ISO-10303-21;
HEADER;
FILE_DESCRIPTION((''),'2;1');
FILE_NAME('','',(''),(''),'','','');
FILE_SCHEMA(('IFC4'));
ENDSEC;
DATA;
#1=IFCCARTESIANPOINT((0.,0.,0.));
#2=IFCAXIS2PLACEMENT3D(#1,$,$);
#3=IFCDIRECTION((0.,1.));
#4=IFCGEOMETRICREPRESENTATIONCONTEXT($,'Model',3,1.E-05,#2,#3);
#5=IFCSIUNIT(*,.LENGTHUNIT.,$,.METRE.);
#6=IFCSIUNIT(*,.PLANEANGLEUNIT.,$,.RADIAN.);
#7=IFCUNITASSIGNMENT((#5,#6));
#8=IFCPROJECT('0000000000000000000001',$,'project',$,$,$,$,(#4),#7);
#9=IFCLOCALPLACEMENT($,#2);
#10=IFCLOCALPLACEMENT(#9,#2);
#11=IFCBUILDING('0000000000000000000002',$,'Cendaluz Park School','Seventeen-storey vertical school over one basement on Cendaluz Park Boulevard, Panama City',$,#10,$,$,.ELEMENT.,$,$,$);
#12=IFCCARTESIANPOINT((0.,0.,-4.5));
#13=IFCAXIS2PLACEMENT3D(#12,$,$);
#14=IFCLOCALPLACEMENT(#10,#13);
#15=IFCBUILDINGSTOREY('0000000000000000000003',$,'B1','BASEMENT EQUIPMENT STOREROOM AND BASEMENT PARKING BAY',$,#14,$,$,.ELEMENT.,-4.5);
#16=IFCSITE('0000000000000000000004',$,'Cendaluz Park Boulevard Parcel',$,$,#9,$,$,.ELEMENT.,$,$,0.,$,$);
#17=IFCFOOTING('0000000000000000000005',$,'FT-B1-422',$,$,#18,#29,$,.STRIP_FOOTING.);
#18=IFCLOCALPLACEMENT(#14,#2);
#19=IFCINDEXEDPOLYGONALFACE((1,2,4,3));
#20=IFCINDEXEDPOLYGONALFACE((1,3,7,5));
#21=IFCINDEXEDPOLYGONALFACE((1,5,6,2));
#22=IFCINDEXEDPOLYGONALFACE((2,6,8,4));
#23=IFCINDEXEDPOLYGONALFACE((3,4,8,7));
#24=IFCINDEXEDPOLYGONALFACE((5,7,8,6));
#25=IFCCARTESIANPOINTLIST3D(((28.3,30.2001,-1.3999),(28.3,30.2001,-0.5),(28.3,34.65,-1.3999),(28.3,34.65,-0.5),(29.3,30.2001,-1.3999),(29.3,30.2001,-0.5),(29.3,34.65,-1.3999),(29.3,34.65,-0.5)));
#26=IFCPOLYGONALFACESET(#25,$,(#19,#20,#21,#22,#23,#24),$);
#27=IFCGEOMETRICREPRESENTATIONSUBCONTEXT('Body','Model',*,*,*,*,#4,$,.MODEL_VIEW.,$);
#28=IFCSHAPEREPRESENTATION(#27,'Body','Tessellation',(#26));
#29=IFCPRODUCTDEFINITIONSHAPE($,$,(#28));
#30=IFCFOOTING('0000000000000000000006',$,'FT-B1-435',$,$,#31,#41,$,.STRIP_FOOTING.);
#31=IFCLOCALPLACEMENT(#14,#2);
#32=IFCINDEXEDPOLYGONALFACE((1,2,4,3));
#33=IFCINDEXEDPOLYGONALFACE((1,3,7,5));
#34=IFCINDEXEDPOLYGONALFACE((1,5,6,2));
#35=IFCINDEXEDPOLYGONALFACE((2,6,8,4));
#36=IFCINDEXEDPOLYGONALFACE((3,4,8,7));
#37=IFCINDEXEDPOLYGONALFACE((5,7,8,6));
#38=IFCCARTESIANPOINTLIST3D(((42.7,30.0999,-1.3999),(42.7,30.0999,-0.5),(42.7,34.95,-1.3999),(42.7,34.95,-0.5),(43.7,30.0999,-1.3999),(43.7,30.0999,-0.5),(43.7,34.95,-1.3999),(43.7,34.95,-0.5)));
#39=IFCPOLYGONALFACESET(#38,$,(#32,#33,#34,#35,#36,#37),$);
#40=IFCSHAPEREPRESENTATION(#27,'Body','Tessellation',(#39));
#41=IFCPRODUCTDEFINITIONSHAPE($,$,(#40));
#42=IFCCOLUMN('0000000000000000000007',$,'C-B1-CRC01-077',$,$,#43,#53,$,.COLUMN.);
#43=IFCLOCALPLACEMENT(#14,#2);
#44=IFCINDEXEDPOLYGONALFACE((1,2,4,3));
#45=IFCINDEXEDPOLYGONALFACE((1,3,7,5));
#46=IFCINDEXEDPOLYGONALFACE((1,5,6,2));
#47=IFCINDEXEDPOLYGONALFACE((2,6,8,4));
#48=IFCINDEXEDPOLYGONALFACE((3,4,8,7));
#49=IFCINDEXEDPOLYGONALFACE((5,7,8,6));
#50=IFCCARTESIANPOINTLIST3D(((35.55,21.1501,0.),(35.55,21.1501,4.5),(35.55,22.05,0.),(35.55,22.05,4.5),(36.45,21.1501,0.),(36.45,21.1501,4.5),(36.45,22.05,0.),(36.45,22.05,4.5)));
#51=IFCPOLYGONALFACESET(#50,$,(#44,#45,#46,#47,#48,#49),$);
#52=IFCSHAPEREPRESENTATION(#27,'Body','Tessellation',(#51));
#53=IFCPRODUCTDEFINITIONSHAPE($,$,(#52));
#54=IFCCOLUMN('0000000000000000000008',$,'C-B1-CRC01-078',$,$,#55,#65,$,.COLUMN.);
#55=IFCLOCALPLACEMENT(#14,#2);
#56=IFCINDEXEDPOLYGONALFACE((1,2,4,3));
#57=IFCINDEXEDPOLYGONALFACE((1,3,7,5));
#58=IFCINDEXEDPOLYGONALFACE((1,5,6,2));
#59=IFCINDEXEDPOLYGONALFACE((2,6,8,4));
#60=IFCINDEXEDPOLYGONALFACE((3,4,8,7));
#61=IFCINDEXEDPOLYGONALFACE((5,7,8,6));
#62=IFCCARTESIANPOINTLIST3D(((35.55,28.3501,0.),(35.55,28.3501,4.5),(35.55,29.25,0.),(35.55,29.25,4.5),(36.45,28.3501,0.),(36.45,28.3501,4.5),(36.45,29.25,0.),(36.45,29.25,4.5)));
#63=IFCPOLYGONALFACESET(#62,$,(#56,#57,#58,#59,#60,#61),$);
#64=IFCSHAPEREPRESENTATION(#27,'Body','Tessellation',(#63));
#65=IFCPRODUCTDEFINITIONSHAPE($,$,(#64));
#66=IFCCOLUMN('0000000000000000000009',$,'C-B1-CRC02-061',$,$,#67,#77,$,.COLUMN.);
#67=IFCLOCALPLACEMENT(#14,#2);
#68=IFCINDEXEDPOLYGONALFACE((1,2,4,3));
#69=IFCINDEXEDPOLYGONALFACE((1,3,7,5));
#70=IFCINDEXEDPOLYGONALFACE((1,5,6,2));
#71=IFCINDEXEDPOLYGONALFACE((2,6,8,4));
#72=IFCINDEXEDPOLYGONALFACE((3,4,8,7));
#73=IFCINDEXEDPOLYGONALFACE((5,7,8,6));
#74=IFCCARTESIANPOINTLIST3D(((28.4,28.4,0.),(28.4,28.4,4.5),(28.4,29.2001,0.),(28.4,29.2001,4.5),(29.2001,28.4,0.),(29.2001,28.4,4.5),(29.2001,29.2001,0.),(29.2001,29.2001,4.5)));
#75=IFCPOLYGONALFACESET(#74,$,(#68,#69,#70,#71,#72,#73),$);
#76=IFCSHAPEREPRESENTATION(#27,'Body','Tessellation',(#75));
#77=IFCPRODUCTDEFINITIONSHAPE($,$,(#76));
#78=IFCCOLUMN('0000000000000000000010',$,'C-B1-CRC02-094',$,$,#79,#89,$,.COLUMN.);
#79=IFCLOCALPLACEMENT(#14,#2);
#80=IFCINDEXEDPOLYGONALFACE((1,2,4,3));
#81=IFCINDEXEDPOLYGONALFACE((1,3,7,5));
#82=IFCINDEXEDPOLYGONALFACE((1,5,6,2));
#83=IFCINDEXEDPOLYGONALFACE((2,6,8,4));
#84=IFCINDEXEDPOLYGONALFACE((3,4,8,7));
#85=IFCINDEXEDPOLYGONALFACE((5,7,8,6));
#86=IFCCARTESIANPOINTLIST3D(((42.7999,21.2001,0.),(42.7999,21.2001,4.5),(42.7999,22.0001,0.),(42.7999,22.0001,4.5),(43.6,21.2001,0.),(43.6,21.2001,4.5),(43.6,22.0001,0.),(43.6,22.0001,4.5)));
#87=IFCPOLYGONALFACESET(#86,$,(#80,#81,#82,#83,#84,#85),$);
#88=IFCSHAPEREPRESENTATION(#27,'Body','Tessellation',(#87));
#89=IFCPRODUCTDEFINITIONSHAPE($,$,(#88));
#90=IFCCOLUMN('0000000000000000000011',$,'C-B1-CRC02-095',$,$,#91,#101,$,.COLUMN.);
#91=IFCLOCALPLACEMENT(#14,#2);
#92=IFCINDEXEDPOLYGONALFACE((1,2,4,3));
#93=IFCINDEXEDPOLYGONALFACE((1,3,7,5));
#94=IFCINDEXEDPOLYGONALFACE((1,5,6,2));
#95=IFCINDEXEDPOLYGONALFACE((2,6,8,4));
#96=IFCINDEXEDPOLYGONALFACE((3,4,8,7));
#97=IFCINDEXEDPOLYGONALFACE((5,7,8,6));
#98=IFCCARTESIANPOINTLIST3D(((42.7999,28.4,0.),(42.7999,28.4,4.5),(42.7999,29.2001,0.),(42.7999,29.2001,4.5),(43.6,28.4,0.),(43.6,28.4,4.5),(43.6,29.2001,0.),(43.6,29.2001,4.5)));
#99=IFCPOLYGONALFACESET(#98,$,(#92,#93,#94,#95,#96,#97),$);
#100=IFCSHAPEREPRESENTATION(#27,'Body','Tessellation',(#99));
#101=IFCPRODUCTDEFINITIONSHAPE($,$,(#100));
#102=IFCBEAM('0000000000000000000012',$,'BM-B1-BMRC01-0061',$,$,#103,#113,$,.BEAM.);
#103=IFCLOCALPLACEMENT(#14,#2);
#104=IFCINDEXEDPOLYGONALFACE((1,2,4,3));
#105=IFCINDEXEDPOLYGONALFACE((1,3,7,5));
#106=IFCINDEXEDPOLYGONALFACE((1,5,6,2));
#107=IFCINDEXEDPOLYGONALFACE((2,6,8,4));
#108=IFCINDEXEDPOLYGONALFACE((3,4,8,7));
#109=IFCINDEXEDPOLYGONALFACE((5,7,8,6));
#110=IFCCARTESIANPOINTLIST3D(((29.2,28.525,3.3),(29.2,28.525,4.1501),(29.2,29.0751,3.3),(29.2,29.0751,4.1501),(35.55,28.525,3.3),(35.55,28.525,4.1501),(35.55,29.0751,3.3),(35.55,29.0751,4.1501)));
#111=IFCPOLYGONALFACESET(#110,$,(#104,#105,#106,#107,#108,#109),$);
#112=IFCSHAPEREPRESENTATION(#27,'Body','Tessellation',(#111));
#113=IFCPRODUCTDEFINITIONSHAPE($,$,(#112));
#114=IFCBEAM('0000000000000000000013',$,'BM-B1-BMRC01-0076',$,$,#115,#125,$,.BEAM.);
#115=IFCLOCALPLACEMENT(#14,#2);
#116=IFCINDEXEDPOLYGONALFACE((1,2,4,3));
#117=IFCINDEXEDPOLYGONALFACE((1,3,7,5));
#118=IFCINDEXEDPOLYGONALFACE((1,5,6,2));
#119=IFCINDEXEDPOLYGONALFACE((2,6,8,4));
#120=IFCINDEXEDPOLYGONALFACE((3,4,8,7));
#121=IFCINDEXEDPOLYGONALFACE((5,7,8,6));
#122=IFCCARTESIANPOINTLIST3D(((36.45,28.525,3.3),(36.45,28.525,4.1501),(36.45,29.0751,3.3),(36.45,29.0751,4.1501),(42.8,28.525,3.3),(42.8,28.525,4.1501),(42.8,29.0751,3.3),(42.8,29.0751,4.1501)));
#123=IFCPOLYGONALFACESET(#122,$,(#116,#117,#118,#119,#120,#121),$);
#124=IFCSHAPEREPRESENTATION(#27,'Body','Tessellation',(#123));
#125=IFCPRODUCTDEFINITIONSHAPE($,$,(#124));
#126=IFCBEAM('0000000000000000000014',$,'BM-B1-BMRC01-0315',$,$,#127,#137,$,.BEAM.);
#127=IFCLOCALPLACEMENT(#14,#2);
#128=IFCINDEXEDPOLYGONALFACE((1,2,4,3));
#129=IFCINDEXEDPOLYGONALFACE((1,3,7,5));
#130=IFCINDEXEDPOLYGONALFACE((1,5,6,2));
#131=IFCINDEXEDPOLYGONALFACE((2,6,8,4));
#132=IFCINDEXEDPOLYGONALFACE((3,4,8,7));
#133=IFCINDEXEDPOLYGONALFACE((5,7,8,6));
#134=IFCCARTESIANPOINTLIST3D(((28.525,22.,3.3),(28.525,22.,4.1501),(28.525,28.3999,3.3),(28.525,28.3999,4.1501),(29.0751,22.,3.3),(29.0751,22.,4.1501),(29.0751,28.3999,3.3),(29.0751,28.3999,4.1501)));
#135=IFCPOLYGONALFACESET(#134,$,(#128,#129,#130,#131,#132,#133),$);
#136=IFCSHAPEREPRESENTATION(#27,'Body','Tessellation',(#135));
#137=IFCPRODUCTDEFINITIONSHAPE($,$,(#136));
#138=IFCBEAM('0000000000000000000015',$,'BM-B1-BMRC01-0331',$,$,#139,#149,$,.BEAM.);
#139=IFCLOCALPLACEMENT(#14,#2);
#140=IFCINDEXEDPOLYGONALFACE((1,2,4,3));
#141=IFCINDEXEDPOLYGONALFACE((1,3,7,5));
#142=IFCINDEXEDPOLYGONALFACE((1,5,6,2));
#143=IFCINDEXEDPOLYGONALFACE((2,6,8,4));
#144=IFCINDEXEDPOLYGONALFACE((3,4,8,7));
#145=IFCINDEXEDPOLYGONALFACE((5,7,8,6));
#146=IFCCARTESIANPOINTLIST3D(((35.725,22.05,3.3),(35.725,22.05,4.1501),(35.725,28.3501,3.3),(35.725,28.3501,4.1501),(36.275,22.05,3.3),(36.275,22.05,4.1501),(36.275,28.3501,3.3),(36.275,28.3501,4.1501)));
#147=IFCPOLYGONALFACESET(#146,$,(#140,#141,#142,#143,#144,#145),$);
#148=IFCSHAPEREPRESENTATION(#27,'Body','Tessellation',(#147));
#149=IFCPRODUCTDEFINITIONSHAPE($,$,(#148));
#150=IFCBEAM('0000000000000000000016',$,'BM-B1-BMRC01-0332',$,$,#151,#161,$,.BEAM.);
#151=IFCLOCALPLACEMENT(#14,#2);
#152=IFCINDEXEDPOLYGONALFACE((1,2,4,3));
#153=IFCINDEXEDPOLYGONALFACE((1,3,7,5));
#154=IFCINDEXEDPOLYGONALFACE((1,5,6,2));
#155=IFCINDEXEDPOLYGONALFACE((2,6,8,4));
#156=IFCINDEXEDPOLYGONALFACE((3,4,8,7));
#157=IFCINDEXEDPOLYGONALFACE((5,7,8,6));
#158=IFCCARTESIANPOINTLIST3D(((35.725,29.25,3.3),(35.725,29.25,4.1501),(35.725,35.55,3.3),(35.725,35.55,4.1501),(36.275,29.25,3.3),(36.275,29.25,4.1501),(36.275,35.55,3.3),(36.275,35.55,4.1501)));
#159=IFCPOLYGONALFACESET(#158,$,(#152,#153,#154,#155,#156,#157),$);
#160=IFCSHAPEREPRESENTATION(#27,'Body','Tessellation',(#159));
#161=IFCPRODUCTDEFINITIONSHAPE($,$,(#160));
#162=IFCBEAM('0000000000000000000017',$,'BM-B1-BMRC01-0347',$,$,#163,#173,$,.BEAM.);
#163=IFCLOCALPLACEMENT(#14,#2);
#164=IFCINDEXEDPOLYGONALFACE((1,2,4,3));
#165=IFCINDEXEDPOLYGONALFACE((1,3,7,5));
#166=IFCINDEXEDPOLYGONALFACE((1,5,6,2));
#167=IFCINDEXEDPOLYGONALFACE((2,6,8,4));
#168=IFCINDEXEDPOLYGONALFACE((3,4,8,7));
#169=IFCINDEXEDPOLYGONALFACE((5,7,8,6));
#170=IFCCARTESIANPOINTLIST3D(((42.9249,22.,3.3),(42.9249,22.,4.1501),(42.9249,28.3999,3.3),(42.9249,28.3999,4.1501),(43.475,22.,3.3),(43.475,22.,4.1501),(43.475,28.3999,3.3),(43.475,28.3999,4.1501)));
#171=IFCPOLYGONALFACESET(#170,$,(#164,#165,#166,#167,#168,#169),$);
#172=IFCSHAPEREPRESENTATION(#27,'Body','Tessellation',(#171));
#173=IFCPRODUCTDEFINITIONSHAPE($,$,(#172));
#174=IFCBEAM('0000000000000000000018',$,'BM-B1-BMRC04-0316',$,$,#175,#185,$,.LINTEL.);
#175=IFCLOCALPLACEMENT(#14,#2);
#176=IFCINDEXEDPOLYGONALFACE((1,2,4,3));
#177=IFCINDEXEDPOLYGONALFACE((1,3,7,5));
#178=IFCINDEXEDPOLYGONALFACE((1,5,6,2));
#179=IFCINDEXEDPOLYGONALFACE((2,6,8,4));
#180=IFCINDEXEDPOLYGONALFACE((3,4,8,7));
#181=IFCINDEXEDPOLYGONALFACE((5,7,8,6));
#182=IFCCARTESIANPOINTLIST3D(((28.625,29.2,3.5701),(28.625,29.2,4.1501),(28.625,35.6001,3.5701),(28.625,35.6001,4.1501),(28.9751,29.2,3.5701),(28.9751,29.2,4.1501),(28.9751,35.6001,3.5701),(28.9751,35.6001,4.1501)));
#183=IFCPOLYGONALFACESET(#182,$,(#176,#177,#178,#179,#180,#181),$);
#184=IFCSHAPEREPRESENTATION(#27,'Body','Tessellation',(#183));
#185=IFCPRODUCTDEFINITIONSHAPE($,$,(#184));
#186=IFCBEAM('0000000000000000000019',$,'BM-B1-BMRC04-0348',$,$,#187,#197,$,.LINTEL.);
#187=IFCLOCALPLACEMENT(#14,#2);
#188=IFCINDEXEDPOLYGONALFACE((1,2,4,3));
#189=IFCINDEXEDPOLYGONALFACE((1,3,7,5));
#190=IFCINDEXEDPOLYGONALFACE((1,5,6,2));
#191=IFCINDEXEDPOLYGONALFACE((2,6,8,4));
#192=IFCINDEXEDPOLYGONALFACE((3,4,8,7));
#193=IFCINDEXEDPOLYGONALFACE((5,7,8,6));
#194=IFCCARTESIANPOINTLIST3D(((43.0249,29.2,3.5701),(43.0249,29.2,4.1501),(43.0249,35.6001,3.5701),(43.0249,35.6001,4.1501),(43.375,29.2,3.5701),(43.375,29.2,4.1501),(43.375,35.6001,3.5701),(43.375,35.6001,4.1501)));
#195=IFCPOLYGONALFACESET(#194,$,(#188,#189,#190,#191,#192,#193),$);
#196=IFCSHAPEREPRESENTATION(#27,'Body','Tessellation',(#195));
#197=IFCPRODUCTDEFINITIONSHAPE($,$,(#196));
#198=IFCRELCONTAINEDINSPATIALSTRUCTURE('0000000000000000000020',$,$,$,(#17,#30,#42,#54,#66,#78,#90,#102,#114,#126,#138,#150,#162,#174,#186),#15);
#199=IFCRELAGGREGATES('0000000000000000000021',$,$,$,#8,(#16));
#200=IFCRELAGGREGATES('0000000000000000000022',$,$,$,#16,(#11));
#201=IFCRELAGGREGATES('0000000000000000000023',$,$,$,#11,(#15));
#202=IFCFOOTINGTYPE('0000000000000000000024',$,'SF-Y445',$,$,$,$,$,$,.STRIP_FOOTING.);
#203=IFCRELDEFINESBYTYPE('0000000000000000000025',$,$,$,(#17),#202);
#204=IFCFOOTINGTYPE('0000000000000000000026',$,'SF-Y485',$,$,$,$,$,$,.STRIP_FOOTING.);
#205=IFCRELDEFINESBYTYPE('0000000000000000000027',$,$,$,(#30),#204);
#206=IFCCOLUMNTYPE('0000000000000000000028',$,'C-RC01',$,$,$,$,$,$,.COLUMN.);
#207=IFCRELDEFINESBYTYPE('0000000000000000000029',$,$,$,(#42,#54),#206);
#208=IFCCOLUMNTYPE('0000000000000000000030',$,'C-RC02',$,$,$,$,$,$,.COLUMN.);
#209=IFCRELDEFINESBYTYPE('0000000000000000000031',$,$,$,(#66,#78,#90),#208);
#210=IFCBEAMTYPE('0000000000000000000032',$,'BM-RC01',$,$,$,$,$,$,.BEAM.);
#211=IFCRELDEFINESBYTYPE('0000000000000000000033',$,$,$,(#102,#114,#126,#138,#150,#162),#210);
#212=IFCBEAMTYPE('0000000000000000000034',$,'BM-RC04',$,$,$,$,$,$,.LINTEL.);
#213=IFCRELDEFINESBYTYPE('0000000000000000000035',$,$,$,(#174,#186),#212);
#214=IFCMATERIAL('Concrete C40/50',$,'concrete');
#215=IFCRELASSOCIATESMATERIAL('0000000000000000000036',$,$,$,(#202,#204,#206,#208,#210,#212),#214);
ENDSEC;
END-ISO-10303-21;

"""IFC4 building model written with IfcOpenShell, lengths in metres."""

from ifc_helpers import new_model, si_unit, direction, frame, origin, origin_2d, place, context, subcontext, project, spatial, rectangle, extrude, material, material_profile, profile_set, type_object, element, save


model = new_model("IFC4")

# Units and contexts
model_context = context("Model", 3, precision=1e-05, world=origin(), true_north=direction((0.0, 1.0)))
body_context = subcontext(model_context, "Body", "Model", "MODEL_VIEW")
ifc_project = project(units=[si_unit("LENGTHUNIT", "METRE"), si_unit("PLANEANGLEUNIT", "RADIAN")], contexts=[model_context])

# Site, building, storey
site_placement = place(None, origin())
site = spatial("IfcSite", under=ifc_project, at=site_placement, Name="Cendaluz Park Boulevard Parcel", CompositionType="ELEMENT", RefElevation=0.0)
building_placement = place(site_placement, origin())
building = spatial("IfcBuilding", under=site, at=building_placement, Name="Cendaluz Park School", Description="Seventeen-storey vertical school over one basement on Cendaluz Park Boulevard, Panama City", CompositionType="ELEMENT")
storey_placement = place(building_placement, frame((0.0, 0.0, -4.5)))
storey = spatial("IfcBuildingStorey", under=building, at=storey_placement, Name="B1", Description="BASEMENT EQUIPMENT STOREROOM AND BASEMENT PARKING BAY", CompositionType="ELEMENT", Elevation=-4.5)

# Shared definitions
ifc_material_1 = material(Name="Concrete C40/50", Category="concrete")

# Footings
footing_type_1 = type_object("IfcFootingType", Name="SF-Y445", PredefinedType="STRIP_FOOTING", material=ifc_material_1)
footing_1_placement = place(storey_placement, frame((28.8, 32.425, -1.3999), z_axis=(0.0, 0.0, 1.0), x_axis=(1.0, 0.0, 0.0)))
element("IfcFooting", 1, at=footing_1_placement, inside=storey, type_object=footing_type_1, Name="FT-B1-422", PredefinedType="STRIP_FOOTING", context=body_context, shape_type="SweptSolid", body=[
    extrude(rectangle(XDim=1.0, YDim=4.45, at=origin_2d()), origin(), (0.0, 0.0, 1.0), 0.8999),
])
footing_type_2 = type_object("IfcFootingType", Name="SF-Y485", PredefinedType="STRIP_FOOTING", material=ifc_material_1)
footing_2_placement = place(storey_placement, frame((43.2, 32.5249, -1.3999), z_axis=(0.0, 0.0, 1.0), x_axis=(1.0, 0.0, 0.0)))
element("IfcFooting", 2, at=footing_2_placement, inside=storey, type_object=footing_type_2, Name="FT-B1-435", PredefinedType="STRIP_FOOTING", context=body_context, shape_type="SweptSolid", body=[
    extrude(rectangle(XDim=1.0, YDim=4.8501, at=origin_2d()), origin(), (0.0, 0.0, 1.0), 0.8999),
])

# Columns
ifc_material_profile_1 = material_profile(ifc_material_1, rectangle(XDim=0.8999, YDim=0.8999, at=origin_2d()), Name="RC 900x900", Category="concrete")
ifc_profile_set_1 = profile_set([ifc_material_profile_1], Name="Concrete C40/50")
column_type_1 = type_object("IfcColumnType", Name="C-RC01", PredefinedType="COLUMN", material=ifc_profile_set_1)
for number, where, z_axis, x_axis, name in (
    (3, (36.0, 21.6001, 0.0), (0.0, 0.0, 1.0), (1.0, 0.0, 0.0), "C-B1-CRC01-077"),
    (4, (36.0, 28.8, 0.0), (0.0, 0.0, 1.0), (1.0, 0.0, 0.0), "C-B1-CRC01-078"),
):
    element("IfcColumn", number, at=place(storey_placement, frame(where, z_axis=z_axis, x_axis=x_axis)), inside=storey, type_object=column_type_1, Name=name, PredefinedType="COLUMN", context=body_context, shape_type="SweptSolid", body=[
        extrude(rectangle(XDim=0.8999, YDim=0.8999, at=origin_2d()), origin(), (0.0, 0.0, 1.0), 4.5),
    ])
ifc_material_profile_2 = material_profile(ifc_material_1, rectangle(XDim=0.8, YDim=0.8, at=origin_2d()), Name="RC 800x800", Category="concrete")
ifc_profile_set_2 = profile_set([ifc_material_profile_2], Name="Concrete C40/50")
column_type_2 = type_object("IfcColumnType", Name="C-RC02", PredefinedType="COLUMN", material=ifc_profile_set_2)
for number, where, z_axis, x_axis, name in (
    (5, (28.8, 28.8, 0.0), (0.0, 0.0, 1.0), (1.0, 0.0, 0.0), "C-B1-CRC02-061"),
    (6, (43.2, 21.6001, 0.0), (0.0, 0.0, 1.0), (1.0, 0.0, 0.0), "C-B1-CRC02-094"),
    (7, (43.2, 28.8, 0.0), (0.0, 0.0, 1.0), (1.0, 0.0, 0.0), "C-B1-CRC02-095"),
):
    element("IfcColumn", number, at=place(storey_placement, frame(where, z_axis=z_axis, x_axis=x_axis)), inside=storey, type_object=column_type_2, Name=name, PredefinedType="COLUMN", context=body_context, shape_type="SweptSolid", body=[
        extrude(rectangle(XDim=0.8, YDim=0.8, at=origin_2d()), origin(), (0.0, 0.0, 1.0), 4.5),
    ])

# Beams
ifc_material_profile_3 = material_profile(ifc_material_1, rectangle(XDim=0.55, YDim=0.8501, at=origin_2d()), Name="RC 550x850", Category="concrete")
ifc_profile_set_3 = profile_set([ifc_material_profile_3], Name="Concrete C40/50")
beam_type_1 = type_object("IfcBeamType", Name="BM-RC01", PredefinedType="BEAM", material=ifc_profile_set_3)
for number, where, z_axis, x_axis, name in (
    (8, (29.2, 28.8, 3.7251), (1.0, 0.0, 0.0), (0.0, 1.0, 0.0), "BM-B1-BMRC01-0061"),
    (9, (36.45, 28.8, 3.7251), (1.0, 0.0, 0.0), (0.0, 1.0, 0.0), "BM-B1-BMRC01-0076"),
):
    element("IfcBeam", number, at=place(storey_placement, frame(where, z_axis=z_axis, x_axis=x_axis)), inside=storey, type_object=beam_type_1, Name=name, PredefinedType="BEAM", context=body_context, shape_type="SweptSolid", body=[
        extrude(rectangle(XDim=0.55, YDim=0.8501, at=origin_2d()), origin(), (0.0, 0.0, 1.0), 6.3501),
    ])
beam_1_placement = place(storey_placement, frame((28.8, 22.0, 3.7251), z_axis=(0.0, 1.0, 0.0), x_axis=(-1.0, 0.0, 0.0)))
element("IfcBeam", 10, at=beam_1_placement, inside=storey, type_object=beam_type_1, Name="BM-B1-BMRC01-0315", PredefinedType="BEAM", context=body_context, shape_type="SweptSolid", body=[
    extrude(rectangle(XDim=0.55, YDim=0.8501, at=origin_2d()), origin(), (0.0, 0.0, 1.0), 6.3999),
])
for number, where, z_axis, x_axis, name in (
    (11, (36.0, 22.05, 3.7251), (0.0, 1.0, 0.0), (-1.0, 0.0, 0.0), "BM-B1-BMRC01-0331"),
    (12, (36.0, 29.25, 3.7251), (0.0, 1.0, 0.0), (-1.0, 0.0, 0.0), "BM-B1-BMRC01-0332"),
):
    element("IfcBeam", number, at=place(storey_placement, frame(where, z_axis=z_axis, x_axis=x_axis)), inside=storey, type_object=beam_type_1, Name=name, PredefinedType="BEAM", context=body_context, shape_type="SweptSolid", body=[
        extrude(rectangle(XDim=0.55, YDim=0.8501, at=origin_2d()), origin(), (0.0, 0.0, 1.0), 6.3),
    ])
beam_2_placement = place(storey_placement, frame((43.2, 22.0, 3.7251), z_axis=(0.0, 1.0, 0.0), x_axis=(-1.0, 0.0, 0.0)))
element("IfcBeam", 13, at=beam_2_placement, inside=storey, type_object=beam_type_1, Name="BM-B1-BMRC01-0347", PredefinedType="BEAM", context=body_context, shape_type="SweptSolid", body=[
    extrude(rectangle(XDim=0.55, YDim=0.8501, at=origin_2d()), origin(), (0.0, 0.0, 1.0), 6.3999),
])
ifc_material_profile_4 = material_profile(ifc_material_1, rectangle(XDim=0.3501, YDim=0.5801, at=origin_2d()), Name="RC 350x580", Category="concrete")
ifc_profile_set_4 = profile_set([ifc_material_profile_4], Name="Concrete C40/50")
beam_type_2 = type_object("IfcBeamType", Name="BM-RC04", PredefinedType="LINTEL", material=ifc_profile_set_4)
for number, where, z_axis, x_axis, name in (
    (14, (28.8, 29.2, 3.8601), (0.0, 1.0, 0.0), (-1.0, 0.0, 0.0), "BM-B1-BMRC04-0316"),
    (15, (43.2, 29.2, 3.8601), (0.0, 1.0, 0.0), (-1.0, 0.0, 0.0), "BM-B1-BMRC04-0348"),
):
    element("IfcBeam", number, at=place(storey_placement, frame(where, z_axis=z_axis, x_axis=x_axis)), inside=storey, type_object=beam_type_2, Name=name, PredefinedType="LINTEL", context=body_context, shape_type="SweptSolid", body=[
        extrude(rectangle(XDim=0.3501, YDim=0.5801, at=origin_2d()), origin(), (0.0, 0.0, 1.0), 6.4001),
    ])

save(model, "model.ifc")
